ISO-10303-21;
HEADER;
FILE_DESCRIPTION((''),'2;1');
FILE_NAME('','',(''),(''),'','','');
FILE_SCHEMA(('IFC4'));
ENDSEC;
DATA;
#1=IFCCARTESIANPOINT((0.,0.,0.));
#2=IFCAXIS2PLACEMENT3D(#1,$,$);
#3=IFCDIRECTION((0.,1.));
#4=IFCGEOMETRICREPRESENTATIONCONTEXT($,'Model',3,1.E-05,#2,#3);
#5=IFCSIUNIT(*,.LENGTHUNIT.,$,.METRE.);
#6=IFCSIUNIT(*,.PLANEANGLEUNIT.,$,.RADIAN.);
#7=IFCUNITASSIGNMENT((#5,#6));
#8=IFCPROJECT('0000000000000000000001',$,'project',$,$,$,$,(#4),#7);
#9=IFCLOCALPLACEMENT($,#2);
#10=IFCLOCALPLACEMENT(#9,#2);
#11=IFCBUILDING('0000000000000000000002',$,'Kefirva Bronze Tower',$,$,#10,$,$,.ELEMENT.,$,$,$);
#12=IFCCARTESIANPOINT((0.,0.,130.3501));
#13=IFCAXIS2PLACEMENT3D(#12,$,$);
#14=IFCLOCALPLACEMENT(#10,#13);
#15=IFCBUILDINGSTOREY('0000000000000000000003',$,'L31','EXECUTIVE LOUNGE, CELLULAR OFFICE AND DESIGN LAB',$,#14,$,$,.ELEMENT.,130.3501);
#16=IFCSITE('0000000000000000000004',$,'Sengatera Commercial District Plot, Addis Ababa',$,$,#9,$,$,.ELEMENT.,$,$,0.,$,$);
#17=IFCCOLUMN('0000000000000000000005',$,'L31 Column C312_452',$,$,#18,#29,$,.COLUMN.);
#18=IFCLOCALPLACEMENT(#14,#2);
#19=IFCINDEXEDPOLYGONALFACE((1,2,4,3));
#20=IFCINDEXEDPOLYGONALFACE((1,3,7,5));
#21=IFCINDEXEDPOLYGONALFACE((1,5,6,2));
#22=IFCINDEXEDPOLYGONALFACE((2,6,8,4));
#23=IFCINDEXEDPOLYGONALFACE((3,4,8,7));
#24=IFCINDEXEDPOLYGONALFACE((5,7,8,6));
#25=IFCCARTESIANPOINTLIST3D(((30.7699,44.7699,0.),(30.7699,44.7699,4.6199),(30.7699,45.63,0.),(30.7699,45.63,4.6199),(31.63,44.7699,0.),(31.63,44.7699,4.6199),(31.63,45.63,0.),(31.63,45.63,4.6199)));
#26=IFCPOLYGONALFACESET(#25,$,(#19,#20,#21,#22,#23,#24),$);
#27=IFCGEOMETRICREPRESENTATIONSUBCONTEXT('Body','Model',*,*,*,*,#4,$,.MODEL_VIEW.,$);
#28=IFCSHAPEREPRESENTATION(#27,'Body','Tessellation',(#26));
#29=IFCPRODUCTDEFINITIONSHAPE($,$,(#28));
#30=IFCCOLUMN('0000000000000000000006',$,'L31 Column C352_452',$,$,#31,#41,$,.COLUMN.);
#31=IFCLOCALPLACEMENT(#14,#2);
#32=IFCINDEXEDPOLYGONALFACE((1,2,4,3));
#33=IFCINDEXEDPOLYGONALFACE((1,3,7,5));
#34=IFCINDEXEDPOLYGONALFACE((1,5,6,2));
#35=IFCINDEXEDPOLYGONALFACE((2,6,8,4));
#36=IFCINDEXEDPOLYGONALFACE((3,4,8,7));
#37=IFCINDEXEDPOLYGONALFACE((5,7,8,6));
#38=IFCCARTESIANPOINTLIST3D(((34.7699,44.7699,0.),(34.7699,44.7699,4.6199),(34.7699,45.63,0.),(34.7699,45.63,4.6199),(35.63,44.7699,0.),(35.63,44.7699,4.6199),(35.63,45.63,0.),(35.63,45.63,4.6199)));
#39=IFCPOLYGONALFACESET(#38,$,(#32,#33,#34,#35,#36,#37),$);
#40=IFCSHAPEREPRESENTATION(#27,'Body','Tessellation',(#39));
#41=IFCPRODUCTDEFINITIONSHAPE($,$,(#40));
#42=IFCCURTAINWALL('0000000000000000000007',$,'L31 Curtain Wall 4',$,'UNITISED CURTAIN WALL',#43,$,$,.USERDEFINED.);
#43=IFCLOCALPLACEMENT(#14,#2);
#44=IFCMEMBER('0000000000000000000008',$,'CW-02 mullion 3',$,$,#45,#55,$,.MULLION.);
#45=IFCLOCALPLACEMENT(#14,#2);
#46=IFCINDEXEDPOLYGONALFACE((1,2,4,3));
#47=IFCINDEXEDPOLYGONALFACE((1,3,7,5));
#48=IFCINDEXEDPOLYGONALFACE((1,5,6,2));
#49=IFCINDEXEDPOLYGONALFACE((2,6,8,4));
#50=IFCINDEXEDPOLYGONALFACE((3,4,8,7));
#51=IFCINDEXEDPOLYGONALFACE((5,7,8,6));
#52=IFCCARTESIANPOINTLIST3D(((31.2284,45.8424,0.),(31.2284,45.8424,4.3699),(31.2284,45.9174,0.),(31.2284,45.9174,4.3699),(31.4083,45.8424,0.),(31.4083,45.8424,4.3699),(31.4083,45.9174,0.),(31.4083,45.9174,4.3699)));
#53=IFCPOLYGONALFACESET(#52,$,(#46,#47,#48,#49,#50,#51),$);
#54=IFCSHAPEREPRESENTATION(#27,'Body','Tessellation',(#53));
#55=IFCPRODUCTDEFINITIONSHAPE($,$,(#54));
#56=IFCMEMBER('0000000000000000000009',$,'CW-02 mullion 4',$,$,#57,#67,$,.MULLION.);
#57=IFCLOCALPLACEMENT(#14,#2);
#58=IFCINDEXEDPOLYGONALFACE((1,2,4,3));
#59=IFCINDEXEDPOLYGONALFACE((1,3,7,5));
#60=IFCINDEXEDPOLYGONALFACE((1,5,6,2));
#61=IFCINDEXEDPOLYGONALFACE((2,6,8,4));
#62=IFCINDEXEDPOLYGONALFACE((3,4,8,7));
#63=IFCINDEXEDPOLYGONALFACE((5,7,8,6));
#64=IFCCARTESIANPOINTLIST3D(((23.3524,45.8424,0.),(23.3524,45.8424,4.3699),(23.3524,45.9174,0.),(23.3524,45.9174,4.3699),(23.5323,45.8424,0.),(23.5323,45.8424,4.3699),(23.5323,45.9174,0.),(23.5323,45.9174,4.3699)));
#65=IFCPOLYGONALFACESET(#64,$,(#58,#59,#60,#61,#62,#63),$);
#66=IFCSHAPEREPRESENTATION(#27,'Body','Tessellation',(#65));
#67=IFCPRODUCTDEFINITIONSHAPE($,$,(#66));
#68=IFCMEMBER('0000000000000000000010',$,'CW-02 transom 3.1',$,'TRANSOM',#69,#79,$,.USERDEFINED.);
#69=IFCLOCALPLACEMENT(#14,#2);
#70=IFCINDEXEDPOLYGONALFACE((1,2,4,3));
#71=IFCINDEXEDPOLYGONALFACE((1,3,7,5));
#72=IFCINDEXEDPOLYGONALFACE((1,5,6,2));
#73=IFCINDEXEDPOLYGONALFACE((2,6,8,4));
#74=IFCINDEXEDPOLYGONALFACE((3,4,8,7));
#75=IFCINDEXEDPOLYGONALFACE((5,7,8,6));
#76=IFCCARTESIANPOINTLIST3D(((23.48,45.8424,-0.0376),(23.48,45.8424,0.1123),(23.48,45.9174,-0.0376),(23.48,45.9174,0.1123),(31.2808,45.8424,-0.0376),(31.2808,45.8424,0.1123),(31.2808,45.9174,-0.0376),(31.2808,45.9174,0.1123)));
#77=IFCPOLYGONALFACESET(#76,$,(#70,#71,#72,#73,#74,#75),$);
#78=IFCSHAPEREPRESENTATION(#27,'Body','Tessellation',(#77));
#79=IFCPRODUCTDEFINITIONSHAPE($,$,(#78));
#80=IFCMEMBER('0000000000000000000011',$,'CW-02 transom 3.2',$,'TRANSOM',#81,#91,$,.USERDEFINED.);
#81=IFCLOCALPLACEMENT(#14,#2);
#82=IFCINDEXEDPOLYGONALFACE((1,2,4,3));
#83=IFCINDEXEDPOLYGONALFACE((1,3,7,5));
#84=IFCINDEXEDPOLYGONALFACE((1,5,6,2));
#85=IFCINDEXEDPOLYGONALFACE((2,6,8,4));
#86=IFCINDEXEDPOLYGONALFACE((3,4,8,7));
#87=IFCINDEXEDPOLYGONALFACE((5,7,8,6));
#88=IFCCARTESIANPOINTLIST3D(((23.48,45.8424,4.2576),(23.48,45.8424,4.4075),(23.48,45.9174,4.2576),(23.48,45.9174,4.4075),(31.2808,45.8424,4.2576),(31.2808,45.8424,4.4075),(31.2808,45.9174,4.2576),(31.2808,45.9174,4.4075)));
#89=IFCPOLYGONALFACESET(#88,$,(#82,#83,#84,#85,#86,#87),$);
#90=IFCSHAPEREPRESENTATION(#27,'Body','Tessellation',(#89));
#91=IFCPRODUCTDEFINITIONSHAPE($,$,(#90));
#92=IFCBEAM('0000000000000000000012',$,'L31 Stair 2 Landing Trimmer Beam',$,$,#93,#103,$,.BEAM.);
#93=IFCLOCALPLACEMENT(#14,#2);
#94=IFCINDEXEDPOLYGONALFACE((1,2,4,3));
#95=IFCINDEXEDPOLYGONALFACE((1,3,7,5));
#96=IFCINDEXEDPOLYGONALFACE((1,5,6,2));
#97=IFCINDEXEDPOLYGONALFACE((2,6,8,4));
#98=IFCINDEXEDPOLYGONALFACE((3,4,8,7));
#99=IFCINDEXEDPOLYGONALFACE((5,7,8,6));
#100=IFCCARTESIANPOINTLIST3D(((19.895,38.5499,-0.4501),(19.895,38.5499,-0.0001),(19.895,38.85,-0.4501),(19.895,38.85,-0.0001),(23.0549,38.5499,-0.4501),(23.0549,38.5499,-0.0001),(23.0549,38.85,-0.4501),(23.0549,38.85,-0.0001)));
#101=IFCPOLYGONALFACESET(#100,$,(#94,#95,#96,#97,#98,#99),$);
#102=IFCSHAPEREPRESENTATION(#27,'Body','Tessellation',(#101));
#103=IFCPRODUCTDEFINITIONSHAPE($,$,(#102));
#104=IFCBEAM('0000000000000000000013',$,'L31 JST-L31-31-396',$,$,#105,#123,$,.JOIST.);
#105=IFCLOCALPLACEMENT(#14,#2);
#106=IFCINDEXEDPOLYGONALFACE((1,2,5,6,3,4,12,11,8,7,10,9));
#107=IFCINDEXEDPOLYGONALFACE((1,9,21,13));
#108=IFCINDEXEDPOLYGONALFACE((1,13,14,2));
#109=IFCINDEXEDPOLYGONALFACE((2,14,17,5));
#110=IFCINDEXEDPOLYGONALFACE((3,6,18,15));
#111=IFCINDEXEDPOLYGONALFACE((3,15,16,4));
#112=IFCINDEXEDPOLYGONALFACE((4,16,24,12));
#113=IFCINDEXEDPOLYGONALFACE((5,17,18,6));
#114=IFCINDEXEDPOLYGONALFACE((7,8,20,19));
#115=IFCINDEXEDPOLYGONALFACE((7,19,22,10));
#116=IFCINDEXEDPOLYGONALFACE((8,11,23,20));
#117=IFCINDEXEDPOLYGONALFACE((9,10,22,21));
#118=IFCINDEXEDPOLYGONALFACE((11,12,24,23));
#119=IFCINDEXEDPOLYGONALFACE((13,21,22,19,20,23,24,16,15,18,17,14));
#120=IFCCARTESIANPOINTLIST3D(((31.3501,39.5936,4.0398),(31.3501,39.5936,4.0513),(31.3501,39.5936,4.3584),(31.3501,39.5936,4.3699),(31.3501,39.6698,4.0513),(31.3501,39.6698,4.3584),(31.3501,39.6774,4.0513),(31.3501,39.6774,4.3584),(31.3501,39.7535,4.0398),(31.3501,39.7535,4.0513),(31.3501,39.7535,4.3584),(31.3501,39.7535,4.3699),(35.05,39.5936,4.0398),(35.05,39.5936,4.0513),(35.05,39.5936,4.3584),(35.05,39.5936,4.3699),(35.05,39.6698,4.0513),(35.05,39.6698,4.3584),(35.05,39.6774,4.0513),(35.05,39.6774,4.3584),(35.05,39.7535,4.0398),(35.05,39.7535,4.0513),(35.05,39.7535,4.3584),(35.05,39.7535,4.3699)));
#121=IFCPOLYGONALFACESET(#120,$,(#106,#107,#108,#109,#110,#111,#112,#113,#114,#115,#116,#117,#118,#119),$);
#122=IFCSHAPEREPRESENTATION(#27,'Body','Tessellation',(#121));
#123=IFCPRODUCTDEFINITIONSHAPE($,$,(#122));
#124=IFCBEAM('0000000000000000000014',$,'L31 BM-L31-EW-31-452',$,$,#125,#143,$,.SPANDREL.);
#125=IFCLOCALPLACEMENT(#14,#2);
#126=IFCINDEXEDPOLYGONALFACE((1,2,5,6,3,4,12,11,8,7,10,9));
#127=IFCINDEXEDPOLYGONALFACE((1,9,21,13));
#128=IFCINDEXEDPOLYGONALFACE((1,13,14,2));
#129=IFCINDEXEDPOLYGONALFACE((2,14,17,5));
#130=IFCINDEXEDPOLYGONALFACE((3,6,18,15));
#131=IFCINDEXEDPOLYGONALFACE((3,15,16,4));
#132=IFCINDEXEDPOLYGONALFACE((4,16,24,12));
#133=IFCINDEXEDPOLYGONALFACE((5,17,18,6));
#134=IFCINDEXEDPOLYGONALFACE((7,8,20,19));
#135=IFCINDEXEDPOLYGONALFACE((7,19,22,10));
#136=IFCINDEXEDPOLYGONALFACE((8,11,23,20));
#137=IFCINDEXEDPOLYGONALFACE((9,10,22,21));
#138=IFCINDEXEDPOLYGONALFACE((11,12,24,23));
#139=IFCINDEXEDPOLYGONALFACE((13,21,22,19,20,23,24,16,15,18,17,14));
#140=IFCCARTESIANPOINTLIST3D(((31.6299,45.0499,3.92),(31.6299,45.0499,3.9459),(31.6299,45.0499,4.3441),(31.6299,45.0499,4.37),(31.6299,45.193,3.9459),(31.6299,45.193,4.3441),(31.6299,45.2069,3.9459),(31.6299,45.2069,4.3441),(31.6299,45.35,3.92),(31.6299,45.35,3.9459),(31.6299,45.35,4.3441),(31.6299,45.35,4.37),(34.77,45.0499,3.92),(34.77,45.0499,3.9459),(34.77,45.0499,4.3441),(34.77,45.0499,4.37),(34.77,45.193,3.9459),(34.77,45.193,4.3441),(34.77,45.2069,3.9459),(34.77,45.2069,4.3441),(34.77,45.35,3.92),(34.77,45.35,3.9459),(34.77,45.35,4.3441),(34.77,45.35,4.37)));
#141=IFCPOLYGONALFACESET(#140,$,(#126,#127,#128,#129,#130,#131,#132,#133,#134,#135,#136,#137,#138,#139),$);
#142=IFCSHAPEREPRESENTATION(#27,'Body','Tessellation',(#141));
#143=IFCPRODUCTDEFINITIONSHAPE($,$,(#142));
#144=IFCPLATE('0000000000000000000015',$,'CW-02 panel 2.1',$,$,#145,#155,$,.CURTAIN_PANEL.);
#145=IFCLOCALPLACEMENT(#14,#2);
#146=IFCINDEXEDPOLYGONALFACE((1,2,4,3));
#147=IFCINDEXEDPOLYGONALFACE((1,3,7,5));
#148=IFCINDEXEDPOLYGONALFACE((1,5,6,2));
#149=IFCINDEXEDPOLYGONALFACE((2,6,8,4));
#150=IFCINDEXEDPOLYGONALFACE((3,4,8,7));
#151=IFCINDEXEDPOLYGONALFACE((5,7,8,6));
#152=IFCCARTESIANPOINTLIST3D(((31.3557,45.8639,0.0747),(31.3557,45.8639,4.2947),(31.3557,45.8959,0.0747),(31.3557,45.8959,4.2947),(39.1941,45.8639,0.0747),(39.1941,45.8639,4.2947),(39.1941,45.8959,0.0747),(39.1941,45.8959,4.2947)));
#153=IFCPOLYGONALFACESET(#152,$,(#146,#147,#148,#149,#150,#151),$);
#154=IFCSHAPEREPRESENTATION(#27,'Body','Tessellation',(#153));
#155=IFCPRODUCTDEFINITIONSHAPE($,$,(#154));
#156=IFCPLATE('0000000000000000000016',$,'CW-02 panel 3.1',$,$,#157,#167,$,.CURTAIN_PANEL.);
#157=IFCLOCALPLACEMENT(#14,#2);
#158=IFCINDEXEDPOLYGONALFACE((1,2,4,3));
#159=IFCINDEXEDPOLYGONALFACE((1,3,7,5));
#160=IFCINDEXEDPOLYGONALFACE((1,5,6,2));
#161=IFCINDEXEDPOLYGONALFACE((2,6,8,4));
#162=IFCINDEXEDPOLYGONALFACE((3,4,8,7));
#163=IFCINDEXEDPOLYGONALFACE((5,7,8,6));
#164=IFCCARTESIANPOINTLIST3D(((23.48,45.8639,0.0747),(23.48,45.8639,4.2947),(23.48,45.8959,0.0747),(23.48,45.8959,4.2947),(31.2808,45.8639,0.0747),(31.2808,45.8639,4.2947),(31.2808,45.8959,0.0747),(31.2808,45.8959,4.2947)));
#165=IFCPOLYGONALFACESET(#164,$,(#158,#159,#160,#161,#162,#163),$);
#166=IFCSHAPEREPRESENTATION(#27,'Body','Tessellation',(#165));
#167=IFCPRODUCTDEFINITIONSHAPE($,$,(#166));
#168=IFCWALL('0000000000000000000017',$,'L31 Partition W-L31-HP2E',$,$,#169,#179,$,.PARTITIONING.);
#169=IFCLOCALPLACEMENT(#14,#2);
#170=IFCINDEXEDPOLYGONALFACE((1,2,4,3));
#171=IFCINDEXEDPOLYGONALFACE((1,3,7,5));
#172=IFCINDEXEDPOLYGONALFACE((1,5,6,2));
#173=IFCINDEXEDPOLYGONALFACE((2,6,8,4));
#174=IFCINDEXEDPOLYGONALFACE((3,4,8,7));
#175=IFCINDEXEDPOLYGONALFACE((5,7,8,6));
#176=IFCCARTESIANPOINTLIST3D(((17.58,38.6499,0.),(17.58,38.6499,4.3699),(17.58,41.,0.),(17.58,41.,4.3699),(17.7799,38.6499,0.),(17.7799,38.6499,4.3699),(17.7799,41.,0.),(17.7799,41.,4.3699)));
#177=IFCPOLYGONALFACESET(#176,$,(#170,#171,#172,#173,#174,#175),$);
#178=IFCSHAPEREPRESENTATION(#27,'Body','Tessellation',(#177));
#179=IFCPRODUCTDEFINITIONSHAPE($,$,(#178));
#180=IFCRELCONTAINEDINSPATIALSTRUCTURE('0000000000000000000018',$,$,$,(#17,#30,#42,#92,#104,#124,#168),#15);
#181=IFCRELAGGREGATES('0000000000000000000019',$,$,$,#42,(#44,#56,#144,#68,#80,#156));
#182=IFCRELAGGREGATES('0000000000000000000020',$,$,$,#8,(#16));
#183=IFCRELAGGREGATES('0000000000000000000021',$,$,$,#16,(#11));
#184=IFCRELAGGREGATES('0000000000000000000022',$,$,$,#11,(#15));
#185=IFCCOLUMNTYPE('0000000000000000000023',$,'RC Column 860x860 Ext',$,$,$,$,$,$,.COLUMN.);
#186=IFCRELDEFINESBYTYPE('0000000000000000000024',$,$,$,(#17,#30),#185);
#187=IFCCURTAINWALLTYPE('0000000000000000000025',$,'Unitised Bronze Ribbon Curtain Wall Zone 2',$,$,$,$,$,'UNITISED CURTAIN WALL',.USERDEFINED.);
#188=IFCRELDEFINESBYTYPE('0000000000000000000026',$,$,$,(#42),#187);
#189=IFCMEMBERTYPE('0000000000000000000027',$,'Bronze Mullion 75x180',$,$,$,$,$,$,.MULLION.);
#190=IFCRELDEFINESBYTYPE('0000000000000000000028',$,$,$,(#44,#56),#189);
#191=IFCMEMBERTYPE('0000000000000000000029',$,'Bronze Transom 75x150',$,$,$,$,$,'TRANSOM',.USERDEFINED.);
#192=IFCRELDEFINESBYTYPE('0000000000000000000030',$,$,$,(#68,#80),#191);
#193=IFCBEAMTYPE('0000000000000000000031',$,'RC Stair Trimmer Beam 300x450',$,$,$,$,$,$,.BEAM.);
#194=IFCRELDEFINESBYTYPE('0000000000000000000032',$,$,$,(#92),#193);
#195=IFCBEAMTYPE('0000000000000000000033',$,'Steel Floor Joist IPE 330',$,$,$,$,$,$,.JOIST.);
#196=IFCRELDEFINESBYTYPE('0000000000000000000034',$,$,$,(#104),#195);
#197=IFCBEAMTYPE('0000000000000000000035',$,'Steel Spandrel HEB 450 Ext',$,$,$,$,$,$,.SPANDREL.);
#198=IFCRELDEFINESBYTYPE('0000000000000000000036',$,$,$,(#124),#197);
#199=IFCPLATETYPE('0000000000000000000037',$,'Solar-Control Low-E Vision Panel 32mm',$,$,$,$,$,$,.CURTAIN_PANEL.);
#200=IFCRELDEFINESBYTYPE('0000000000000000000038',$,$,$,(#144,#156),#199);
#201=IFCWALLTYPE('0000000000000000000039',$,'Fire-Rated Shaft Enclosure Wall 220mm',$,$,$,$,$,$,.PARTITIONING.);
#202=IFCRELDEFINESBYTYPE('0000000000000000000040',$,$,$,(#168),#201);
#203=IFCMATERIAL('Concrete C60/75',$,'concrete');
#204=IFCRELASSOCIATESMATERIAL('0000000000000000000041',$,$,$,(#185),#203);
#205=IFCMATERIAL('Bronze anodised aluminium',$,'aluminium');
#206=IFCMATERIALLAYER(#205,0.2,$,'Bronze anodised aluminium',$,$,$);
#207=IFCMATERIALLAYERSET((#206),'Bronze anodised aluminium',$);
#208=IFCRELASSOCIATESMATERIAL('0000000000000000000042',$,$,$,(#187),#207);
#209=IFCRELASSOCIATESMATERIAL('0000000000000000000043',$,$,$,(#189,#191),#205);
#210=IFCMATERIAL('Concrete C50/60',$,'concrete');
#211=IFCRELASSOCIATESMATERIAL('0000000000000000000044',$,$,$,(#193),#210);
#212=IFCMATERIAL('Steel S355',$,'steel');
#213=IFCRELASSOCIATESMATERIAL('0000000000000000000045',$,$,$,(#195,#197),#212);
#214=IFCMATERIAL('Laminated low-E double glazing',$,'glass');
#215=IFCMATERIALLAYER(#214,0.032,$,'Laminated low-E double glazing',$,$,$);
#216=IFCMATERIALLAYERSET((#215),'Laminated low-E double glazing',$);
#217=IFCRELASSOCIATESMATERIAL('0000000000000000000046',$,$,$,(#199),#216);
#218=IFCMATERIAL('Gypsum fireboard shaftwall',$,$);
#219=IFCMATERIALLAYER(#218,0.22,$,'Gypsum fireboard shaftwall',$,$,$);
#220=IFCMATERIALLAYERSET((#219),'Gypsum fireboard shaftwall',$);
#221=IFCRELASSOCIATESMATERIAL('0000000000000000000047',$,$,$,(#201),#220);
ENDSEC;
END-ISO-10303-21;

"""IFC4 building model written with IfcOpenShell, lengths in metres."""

from ifc_helpers import new_model, si_unit, direction, frame, frame_2d, origin, origin_2d, place, context, subcontext, project, spatial, rectangle, i_section, extrude, material, layer, layer_set, material_profile, profile_set, type_object, element, aggregate, save


model = new_model("IFC4")

# Units and contexts
model_context = context("Model", 3, precision=1e-05, world=origin(), true_north=direction((0.0, 1.0)))
body_context = subcontext(model_context, "Body", "Model", "MODEL_VIEW")
ifc_project = project(units=[si_unit("LENGTHUNIT", "METRE"), si_unit("PLANEANGLEUNIT", "RADIAN")], contexts=[model_context])

# Site, building, storey
site_placement = place(None, origin())
site = spatial("IfcSite", under=ifc_project, at=site_placement, Name="Sengatera Commercial District Plot, Addis Ababa", CompositionType="ELEMENT", RefElevation=0.0)
building_placement = place(site_placement, origin())
building = spatial("IfcBuilding", under=site, at=building_placement, Name="Kefirva Bronze Tower", CompositionType="ELEMENT")
storey_placement = place(building_placement, frame((0.0, 0.0, 130.3501)))
storey = spatial("IfcBuildingStorey", under=building, at=storey_placement, Name="L31", Description="EXECUTIVE LOUNGE, CELLULAR OFFICE AND DESIGN LAB", CompositionType="ELEMENT", Elevation=130.3501)

# Columns
ifc_material_1 = material(Name="Concrete C60/75", Category="concrete")
ifc_material_profile_1 = material_profile(ifc_material_1, rectangle(XDim=0.8601, YDim=0.8601, at=origin_2d()), Name="RC 860x860")
ifc_profile_set_1 = profile_set([ifc_material_profile_1], Name="Concrete C60/75")
column_type = type_object("IfcColumnType", Name="RC Column 860x860 Ext", PredefinedType="COLUMN", material=ifc_profile_set_1)
for number, where, z_axis, x_axis, name in (
    (1, (31.2, 45.2, 0.0), (0.0, 0.0, 1.0), (1.0, 0.0, 0.0), "L31 Column C312_452"),
    (2, (35.2, 45.2, 0.0), (0.0, 0.0, 1.0), (1.0, 0.0, 0.0), "L31 Column C352_452"),
):
    element("IfcColumn", number, at=place(storey_placement, frame(where, z_axis=z_axis, x_axis=x_axis)), inside=storey, type_object=column_type, Name=name, PredefinedType="COLUMN", context=body_context, shape_type="SweptSolid", body=[
        extrude(rectangle(XDim=0.8601, YDim=0.8601, at=origin_2d()), origin(), (0.0, 0.0, 1.0), 4.6199),
    ])

# Curtain wall, members
ifc_material_2 = material(Name="Bronze anodised aluminium", Category="aluminium")
ifc_layer_1 = layer(ifc_material_2, 0.2, Name="Bronze anodised aluminium")
ifc_layer_set_1 = layer_set([ifc_layer_1], Name="Bronze anodised aluminium")
curtain_wall_type = type_object("IfcCurtainWallType", Name="Unitised Bronze Ribbon Curtain Wall Zone 2", ElementType="UNITISED CURTAIN WALL", PredefinedType="USERDEFINED", material=ifc_layer_set_1)
curtain_wall_placement = place(storey_placement, origin())
curtain_wall = element("IfcCurtainWall", 3, at=curtain_wall_placement, inside=storey, type_object=curtain_wall_type, Name="L31 Curtain Wall 4", ObjectType="UNITISED CURTAIN WALL", PredefinedType="USERDEFINED")
ifc_material_profile_2 = material_profile(ifc_material_2, rectangle(XDim=0.075, YDim=0.1799, at=origin_2d()), Name="ALU 75x180")
ifc_profile_set_2 = profile_set([ifc_material_profile_2], Name="Bronze anodised aluminium")
member_type_1 = type_object("IfcMemberType", Name="Bronze Mullion 75x180", PredefinedType="MULLION", material=ifc_profile_set_2)
member_1_placement = place(storey_placement, frame((31.3184, 45.8799, 0.0), z_axis=(0.0, 0.0, 1.0), x_axis=(0.0, -1.0, 0.0)))
member_1 = element("IfcMember", 4, at=member_1_placement, type_object=member_type_1, Name="CW-02 mullion 3", PredefinedType="MULLION", context=body_context, shape_type="SweptSolid", body=[
    extrude(rectangle(XDim=0.075, YDim=0.1799, at=origin_2d()), origin(), (0.0, 0.0, 1.0), 4.3699),
])
member_2_placement = place(storey_placement, frame((23.4424, 45.8799, 0.0), z_axis=(0.0, 0.0, 1.0), x_axis=(0.0, -1.0, 0.0)))
member_2 = element("IfcMember", 5, at=member_2_placement, type_object=member_type_1, Name="CW-02 mullion 4", PredefinedType="MULLION", context=body_context, shape_type="SweptSolid", body=[
    extrude(rectangle(XDim=0.075, YDim=0.1799, at=origin_2d()), origin(), (0.0, 0.0, 1.0), 4.3699),
])
ifc_material_profile_3 = material_profile(ifc_material_2, rectangle(XDim=0.075, YDim=0.1499, at=origin_2d()), Name="ALU 75x150")
ifc_profile_set_3 = profile_set([ifc_material_profile_3], Name="Bronze anodised aluminium")
member_type_2 = type_object("IfcMemberType", Name="Bronze Transom 75x150", ElementType="TRANSOM", PredefinedType="USERDEFINED", material=ifc_profile_set_3)
member_3_placement = place(storey_placement, frame((31.2808, 45.8799, 0.0374), z_axis=(-1.0, 0.0, 0.0), x_axis=(0.0, -1.0, 0.0)))
member_3 = element("IfcMember", 6, at=member_3_placement, type_object=member_type_2, Name="CW-02 transom 3.1", ObjectType="TRANSOM", PredefinedType="USERDEFINED", context=body_context, shape_type="SweptSolid", body=[
    extrude(rectangle(XDim=0.075, YDim=0.1499, at=origin_2d()), origin(), (0.0, 0.0, 1.0), 7.8008),
])
member_4_placement = place(storey_placement, frame((31.2808, 45.8799, 4.3325), z_axis=(-1.0, 0.0, 0.0), x_axis=(0.0, -1.0, 0.0)))
member_4 = element("IfcMember", 7, at=member_4_placement, type_object=member_type_2, Name="CW-02 transom 3.2", ObjectType="TRANSOM", PredefinedType="USERDEFINED", context=body_context, shape_type="SweptSolid", body=[
    extrude(rectangle(XDim=0.075, YDim=0.1499, at=origin_2d()), origin(), (0.0, 0.0, 1.0), 7.8008),
])

# Beams
ifc_material_3 = material(Name="Concrete C50/60", Category="concrete")
ifc_material_profile_4 = material_profile(ifc_material_3, rectangle(XDim=0.3, YDim=0.45, at=origin_2d()), Name="RC 300x450")
ifc_profile_set_4 = profile_set([ifc_material_profile_4], Name="Concrete C50/60")
beam_type_1 = type_object("IfcBeamType", Name="RC Stair Trimmer Beam 300x450", PredefinedType="BEAM", material=ifc_profile_set_4)
beam_1_placement = place(storey_placement, frame((19.895, 38.7, -0.2251), z_axis=(1.0, 0.0, 0.0), x_axis=(0.0, 1.0, 0.0)))
element("IfcBeam", 8, at=beam_1_placement, inside=storey, type_object=beam_type_1, Name="L31 Stair 2 Landing Trimmer Beam", PredefinedType="BEAM", context=body_context, shape_type="SweptSolid", body=[
    extrude(rectangle(XDim=0.3, YDim=0.45, at=origin_2d()), origin(), (0.0, 0.0, 1.0), 3.1599),
])
ifc_material_4 = material(Name="Steel S355", Category="steel")
ifc_material_profile_5 = material_profile(ifc_material_4, i_section(OverallWidth=0.1599, OverallDepth=0.3301, WebThickness=0.0076, FlangeThickness=0.0115, at=origin_2d()), Name="IPE 330")
ifc_profile_set_5 = profile_set([ifc_material_profile_5], Name="Steel S355")
beam_type_2 = type_object("IfcBeamType", Name="Steel Floor Joist IPE 330", PredefinedType="JOIST", material=ifc_profile_set_5)
beam_2_placement = place(storey_placement, frame((31.3501, 39.6736, 4.2048), z_axis=(1.0, 0.0, 0.0), x_axis=(0.0, 1.0, 0.0)))
element("IfcBeam", 9, at=beam_2_placement, inside=storey, type_object=beam_type_2, Name="L31 JST-L31-31-396", PredefinedType="JOIST", context=body_context, shape_type="SweptSolid", body=[
    extrude(i_section(OverallWidth=0.1599, OverallDepth=0.3301, WebThickness=0.0076, FlangeThickness=0.0115, at=origin_2d()), origin(), (0.0, 0.0, 1.0), 3.7),
])
ifc_material_profile_6 = material_profile(ifc_material_4, i_section(OverallWidth=0.3, OverallDepth=0.45, WebThickness=0.0139, FlangeThickness=0.0259, at=origin_2d()), Name="HEB 450")
ifc_profile_set_6 = profile_set([ifc_material_profile_6], Name="Steel S355")
beam_type_3 = type_object("IfcBeamType", Name="Steel Spandrel HEB 450 Ext", PredefinedType="SPANDREL", material=ifc_profile_set_6)
beam_3_placement = place(storey_placement, frame((31.6299, 45.2, 4.145), z_axis=(1.0, 0.0, 0.0), x_axis=(0.0, 1.0, 0.0)))
element("IfcBeam", 10, at=beam_3_placement, inside=storey, type_object=beam_type_3, Name="L31 BM-L31-EW-31-452", PredefinedType="SPANDREL", context=body_context, shape_type="SweptSolid", body=[
    extrude(i_section(OverallWidth=0.3, OverallDepth=0.45, WebThickness=0.0139, FlangeThickness=0.0259, at=origin_2d()), origin(), (0.0, 0.0, 1.0), 3.1401),
])

# Plates
ifc_material_5 = material(Name="Laminated low-E double glazing", Category="glass")
ifc_layer_2 = layer(ifc_material_5, 0.032, Name="Laminated low-E double glazing")
ifc_layer_set_2 = layer_set([ifc_layer_2], Name="Laminated low-E double glazing")
plate_type = type_object("IfcPlateType", Name="Solar-Control Low-E Vision Panel 32mm", PredefinedType="CURTAIN_PANEL", material=ifc_layer_set_2)
plate_1_placement = place(storey_placement, frame((35.2749, 45.8799, 0.0747), z_axis=(0.0, 0.0, 1.0), x_axis=(-1.0, 0.0, 0.0)))
plate_1 = element("IfcPlate", 11, at=plate_1_placement, type_object=plate_type, Name="CW-02 panel 2.1", PredefinedType="CURTAIN_PANEL", context=body_context, shape_type="SweptSolid", body=[
    extrude(rectangle(XDim=7.8384, YDim=0.032, at=origin_2d()), origin(), (0.0, 0.0, 1.0), 4.22),
])
plate_2_placement = place(storey_placement, frame((27.3804, 45.8799, 0.0747), z_axis=(0.0, 0.0, 1.0), x_axis=(-1.0, 0.0, 0.0)))
plate_2 = element("IfcPlate", 12, at=plate_2_placement, type_object=plate_type, Name="CW-02 panel 3.1", PredefinedType="CURTAIN_PANEL", context=body_context, shape_type="SweptSolid", body=[
    extrude(rectangle(XDim=7.8008, YDim=0.032, at=origin_2d()), origin(), (0.0, 0.0, 1.0), 4.22),
])
aggregate(curtain_wall, [member_1, member_2, plate_1, member_3, member_4, plate_2])

# Wall
ifc_material_6 = material(Name="Gypsum fireboard shaftwall")
ifc_layer_3 = layer(ifc_material_6, 0.22, Name="Gypsum fireboard shaftwall")
ifc_layer_set_3 = layer_set([ifc_layer_3], Name="Gypsum fireboard shaftwall")
wall_type_1 = type_object("IfcWallType", Name="Fire-Rated Shaft Enclosure Wall 220mm", PredefinedType="PARTITIONING", material=ifc_layer_set_3)
wall_1_placement = place(storey_placement, frame((17.6799, 38.6499, 0.0), z_axis=(0.0, 0.0, 1.0), x_axis=(0.0, 1.0, 0.0)))
element("IfcWall", 13, at=wall_1_placement, inside=storey, type_object=wall_type_1, Name="L31 Partition W-L31-HP2E", PredefinedType="PARTITIONING", context=body_context, shape_type="SweptSolid", body=[
    extrude(rectangle(XDim=2.3501, YDim=0.2, at=frame_2d((1.175, 0.0))), origin(), (0.0, 0.0, 1.0), 4.3699),
])

save(model, "model.ifc")
